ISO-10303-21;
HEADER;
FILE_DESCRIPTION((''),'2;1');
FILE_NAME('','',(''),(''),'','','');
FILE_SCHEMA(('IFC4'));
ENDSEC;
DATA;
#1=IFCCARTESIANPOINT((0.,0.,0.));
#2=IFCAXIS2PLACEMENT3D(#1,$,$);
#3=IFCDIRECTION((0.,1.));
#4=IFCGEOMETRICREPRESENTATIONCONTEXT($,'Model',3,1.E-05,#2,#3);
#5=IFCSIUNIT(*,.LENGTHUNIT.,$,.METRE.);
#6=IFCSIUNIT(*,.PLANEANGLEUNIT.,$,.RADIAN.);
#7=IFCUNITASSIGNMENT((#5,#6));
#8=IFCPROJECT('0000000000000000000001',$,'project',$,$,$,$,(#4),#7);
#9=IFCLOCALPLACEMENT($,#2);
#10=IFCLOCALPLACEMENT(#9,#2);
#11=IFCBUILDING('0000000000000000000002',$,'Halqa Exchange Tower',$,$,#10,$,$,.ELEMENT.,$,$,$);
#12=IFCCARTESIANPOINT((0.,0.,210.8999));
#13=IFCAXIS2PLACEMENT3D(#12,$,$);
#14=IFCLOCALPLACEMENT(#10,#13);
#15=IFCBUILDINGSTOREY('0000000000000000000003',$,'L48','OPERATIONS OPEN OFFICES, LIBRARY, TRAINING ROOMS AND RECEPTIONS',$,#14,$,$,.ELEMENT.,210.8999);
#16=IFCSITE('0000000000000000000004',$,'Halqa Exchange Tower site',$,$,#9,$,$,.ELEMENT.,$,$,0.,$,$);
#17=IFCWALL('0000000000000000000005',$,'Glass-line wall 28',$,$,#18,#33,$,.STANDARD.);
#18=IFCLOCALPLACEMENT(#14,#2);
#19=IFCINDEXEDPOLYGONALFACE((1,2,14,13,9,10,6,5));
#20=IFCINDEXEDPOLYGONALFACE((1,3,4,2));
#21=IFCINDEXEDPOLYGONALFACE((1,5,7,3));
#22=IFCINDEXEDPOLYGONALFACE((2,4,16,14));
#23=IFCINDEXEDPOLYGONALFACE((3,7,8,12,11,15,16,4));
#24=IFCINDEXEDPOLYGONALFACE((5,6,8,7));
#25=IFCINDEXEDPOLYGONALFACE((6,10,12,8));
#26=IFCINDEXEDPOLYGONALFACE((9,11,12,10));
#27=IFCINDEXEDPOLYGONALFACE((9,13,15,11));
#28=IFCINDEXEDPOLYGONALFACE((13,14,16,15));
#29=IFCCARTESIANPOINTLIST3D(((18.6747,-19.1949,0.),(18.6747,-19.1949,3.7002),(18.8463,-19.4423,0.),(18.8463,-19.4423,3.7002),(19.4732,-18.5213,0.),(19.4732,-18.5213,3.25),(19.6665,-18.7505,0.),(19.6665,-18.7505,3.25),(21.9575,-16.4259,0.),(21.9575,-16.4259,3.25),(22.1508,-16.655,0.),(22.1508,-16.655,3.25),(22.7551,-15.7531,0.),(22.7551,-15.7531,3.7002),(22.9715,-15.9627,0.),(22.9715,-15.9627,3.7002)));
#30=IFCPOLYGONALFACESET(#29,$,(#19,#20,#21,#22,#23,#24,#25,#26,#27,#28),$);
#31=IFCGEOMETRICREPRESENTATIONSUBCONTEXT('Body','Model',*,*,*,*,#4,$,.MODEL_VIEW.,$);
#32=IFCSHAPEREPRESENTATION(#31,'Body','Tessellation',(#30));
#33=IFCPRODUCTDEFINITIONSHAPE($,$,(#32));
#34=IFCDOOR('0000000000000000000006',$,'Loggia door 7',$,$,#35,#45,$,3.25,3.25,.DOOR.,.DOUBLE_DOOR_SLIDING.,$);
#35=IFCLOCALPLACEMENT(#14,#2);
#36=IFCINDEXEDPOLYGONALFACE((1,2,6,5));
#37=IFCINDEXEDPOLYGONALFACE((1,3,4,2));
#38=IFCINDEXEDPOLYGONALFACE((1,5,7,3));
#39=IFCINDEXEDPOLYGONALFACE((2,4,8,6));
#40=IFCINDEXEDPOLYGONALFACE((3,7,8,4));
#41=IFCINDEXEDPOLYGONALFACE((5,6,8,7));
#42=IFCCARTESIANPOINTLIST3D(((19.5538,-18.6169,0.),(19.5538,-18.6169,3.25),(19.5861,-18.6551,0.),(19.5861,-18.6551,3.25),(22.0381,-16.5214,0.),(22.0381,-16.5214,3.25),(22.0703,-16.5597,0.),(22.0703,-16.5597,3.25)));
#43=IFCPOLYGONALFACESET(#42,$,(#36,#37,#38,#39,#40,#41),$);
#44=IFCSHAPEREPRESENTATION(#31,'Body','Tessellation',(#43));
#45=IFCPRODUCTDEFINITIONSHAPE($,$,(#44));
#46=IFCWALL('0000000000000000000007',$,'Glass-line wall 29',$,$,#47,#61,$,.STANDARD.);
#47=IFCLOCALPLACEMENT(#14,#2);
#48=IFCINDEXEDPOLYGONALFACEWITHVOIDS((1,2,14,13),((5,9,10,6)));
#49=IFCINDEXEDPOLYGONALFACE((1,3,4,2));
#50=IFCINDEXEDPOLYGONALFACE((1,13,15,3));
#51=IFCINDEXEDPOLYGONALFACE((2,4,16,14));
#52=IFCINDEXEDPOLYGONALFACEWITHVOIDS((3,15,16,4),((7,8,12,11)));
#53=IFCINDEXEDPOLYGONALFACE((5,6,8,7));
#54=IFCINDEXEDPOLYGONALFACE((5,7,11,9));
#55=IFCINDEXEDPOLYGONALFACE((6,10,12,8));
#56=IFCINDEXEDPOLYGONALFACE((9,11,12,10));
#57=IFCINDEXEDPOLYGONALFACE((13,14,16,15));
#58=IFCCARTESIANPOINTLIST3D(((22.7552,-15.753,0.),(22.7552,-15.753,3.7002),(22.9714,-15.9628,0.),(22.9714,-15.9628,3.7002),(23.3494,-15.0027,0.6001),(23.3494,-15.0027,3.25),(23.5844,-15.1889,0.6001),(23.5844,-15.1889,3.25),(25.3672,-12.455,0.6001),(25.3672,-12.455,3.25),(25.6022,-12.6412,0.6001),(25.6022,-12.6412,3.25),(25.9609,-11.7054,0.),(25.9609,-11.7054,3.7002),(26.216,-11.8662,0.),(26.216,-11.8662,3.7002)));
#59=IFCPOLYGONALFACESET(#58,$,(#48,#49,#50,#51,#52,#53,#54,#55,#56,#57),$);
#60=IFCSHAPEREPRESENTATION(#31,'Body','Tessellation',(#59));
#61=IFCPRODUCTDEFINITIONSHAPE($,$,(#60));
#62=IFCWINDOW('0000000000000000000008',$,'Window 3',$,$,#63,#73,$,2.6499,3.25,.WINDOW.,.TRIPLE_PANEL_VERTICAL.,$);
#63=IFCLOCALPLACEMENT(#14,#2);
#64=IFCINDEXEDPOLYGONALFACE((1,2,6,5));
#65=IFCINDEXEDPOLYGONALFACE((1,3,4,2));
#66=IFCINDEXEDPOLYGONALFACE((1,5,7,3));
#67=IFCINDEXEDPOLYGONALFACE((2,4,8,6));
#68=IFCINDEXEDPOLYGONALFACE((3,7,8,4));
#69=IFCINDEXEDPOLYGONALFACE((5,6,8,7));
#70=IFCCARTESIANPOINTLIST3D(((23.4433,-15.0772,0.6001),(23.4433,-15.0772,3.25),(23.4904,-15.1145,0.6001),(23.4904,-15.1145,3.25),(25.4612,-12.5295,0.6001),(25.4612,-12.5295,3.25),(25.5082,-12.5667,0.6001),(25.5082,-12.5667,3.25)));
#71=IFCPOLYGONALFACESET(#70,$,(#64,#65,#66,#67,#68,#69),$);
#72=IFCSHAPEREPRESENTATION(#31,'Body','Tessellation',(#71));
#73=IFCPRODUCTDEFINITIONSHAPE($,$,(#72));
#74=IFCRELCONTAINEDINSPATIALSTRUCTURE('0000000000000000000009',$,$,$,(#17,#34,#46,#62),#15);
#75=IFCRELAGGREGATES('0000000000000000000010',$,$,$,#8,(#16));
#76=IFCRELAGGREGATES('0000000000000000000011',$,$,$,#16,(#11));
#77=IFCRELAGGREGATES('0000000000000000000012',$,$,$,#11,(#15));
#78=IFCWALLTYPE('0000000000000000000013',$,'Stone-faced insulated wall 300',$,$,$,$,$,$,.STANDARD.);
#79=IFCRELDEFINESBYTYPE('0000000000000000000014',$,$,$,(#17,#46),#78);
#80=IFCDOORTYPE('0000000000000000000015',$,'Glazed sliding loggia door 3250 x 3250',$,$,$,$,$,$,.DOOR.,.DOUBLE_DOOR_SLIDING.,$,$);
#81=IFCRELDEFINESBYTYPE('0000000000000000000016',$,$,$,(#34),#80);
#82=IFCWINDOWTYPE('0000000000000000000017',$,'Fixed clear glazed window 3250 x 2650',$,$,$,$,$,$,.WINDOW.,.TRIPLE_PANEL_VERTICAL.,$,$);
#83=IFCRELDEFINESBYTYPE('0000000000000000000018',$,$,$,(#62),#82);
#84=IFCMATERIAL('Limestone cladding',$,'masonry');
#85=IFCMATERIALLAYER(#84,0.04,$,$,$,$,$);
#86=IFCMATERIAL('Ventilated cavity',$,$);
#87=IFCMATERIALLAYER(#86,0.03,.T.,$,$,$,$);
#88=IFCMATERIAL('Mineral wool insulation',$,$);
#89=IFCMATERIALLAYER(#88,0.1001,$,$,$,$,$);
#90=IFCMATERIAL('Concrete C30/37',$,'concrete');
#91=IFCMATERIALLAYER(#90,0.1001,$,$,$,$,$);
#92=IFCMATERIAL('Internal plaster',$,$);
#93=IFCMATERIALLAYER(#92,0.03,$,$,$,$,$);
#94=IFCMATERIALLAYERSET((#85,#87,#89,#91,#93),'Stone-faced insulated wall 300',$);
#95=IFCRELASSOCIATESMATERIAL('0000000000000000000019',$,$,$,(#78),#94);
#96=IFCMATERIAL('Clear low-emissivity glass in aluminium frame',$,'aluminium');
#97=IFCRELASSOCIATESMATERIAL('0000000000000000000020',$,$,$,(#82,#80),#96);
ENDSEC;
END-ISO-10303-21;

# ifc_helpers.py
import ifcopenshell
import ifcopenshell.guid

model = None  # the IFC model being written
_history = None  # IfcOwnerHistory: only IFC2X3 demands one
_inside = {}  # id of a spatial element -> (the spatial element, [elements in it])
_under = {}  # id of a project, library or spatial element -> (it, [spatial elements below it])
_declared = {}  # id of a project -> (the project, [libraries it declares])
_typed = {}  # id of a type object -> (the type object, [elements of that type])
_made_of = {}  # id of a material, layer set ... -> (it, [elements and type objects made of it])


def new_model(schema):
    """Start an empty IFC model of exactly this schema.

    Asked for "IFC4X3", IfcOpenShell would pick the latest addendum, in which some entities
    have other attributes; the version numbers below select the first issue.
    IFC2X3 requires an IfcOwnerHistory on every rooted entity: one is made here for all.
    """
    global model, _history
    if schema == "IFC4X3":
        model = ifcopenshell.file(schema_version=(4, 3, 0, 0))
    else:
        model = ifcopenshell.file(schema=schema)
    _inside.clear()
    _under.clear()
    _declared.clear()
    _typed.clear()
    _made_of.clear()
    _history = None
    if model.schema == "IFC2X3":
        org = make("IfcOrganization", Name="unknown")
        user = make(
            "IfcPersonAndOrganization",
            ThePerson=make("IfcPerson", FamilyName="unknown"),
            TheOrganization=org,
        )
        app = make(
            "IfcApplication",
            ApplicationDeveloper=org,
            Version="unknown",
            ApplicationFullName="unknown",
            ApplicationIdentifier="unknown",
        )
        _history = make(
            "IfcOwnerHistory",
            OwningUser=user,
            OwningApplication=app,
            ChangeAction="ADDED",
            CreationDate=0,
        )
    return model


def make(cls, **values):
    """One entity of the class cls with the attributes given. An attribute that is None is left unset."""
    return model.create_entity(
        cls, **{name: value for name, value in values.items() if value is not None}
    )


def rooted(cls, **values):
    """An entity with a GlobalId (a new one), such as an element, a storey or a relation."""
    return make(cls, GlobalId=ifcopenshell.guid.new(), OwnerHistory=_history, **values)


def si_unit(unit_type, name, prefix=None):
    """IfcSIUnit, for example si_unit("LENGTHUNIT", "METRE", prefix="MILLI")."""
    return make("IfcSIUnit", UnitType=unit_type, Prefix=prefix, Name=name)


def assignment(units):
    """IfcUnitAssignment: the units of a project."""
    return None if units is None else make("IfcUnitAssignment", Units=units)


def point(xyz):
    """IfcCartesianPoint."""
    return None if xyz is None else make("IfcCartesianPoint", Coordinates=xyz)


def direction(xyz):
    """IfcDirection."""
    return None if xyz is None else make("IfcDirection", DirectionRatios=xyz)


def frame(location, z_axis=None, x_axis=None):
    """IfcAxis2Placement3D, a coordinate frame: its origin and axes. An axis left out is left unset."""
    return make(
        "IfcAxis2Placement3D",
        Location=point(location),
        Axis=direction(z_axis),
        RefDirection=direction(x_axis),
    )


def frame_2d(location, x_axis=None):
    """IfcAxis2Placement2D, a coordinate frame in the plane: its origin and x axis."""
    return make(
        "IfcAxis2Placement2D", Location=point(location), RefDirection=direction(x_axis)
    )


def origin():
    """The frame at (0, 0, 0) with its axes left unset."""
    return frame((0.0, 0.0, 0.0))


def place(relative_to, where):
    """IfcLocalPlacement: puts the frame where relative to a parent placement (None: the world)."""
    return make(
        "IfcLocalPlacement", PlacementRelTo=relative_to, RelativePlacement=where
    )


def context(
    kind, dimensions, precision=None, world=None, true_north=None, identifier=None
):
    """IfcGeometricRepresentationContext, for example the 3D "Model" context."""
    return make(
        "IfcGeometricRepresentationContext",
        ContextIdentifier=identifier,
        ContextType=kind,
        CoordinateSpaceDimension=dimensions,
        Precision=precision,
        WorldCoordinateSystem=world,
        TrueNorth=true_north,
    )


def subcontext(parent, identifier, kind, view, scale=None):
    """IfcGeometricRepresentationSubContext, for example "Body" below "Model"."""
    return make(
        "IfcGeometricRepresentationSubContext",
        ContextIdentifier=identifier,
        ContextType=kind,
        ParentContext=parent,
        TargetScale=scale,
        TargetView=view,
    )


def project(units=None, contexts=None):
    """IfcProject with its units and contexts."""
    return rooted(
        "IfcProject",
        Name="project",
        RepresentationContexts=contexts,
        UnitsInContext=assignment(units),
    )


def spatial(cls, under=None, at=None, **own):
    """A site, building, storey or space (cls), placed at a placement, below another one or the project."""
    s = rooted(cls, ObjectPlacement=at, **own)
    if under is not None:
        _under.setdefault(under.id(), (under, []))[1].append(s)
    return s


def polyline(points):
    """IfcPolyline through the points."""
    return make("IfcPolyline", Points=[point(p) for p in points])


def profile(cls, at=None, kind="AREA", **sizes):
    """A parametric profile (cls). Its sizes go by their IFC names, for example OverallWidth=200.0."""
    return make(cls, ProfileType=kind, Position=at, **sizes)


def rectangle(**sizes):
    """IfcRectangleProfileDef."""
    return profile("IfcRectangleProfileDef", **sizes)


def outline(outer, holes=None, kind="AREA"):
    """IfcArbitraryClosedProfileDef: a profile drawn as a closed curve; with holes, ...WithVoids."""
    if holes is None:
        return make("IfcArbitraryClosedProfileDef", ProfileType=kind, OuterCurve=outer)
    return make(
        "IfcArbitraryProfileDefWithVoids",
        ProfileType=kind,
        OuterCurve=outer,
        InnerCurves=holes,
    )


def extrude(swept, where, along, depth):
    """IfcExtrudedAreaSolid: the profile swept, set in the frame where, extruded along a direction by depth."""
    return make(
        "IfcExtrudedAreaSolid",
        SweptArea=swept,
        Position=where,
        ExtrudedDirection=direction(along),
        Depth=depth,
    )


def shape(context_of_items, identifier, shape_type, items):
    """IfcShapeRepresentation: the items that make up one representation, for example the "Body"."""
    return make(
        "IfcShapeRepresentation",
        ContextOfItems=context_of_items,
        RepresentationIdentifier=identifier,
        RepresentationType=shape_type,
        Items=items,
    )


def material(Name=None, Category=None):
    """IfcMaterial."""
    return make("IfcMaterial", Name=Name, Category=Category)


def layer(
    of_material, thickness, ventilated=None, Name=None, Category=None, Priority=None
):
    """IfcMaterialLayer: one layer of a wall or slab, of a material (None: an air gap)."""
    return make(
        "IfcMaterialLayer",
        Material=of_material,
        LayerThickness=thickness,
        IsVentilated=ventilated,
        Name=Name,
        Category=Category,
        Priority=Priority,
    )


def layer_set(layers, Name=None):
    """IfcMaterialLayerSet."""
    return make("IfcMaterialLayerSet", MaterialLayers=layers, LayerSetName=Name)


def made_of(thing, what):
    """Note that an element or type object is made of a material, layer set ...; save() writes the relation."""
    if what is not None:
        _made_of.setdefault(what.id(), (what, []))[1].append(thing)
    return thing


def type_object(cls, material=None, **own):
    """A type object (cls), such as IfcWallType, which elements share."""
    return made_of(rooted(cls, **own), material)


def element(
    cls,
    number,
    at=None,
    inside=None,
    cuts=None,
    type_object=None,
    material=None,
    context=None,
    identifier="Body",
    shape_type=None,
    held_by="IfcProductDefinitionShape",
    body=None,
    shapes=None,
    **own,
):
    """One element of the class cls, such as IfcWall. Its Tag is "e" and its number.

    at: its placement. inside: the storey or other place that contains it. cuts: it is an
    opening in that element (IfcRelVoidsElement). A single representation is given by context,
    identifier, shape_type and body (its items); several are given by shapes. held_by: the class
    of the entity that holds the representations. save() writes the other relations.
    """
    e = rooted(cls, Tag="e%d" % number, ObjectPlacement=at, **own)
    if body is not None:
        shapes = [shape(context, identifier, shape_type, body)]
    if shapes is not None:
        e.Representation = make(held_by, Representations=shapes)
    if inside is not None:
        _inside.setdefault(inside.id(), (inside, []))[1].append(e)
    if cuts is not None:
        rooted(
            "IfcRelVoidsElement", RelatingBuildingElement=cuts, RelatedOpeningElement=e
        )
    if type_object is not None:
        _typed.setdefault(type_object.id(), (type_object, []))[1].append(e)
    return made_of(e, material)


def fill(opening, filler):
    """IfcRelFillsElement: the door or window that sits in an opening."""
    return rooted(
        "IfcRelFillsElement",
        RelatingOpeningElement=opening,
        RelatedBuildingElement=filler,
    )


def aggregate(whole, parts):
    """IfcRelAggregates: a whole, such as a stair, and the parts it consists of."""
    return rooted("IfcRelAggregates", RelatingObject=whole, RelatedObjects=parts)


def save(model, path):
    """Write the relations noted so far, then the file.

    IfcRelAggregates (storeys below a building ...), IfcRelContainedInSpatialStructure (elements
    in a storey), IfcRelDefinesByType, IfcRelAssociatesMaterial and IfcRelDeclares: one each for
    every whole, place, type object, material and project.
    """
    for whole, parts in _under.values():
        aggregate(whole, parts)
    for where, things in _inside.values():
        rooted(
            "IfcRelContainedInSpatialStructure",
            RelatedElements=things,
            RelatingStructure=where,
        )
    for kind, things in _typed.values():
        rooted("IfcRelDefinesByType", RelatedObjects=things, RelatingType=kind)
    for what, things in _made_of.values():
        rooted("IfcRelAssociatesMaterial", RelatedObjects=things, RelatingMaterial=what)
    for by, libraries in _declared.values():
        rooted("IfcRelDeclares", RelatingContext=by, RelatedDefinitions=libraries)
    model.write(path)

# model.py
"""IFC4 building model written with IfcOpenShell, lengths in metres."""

from ifc_helpers import new_model, si_unit, direction, frame, frame_2d, origin, place, context, subcontext, project, spatial, polyline, rectangle, outline, extrude, material, layer, layer_set, type_object, element, fill, save


model = new_model("IFC4")

# Units and contexts
model_context = context("Model", 3, precision=1e-05, world=origin(), true_north=direction((0.0, 1.0)))
body_context = subcontext(model_context, "Body", "Model", "MODEL_VIEW")
ifc_project = project(units=[si_unit("LENGTHUNIT", "METRE"), si_unit("PLANEANGLEUNIT", "RADIAN")], contexts=[model_context])

# Site, building, storey
site_placement = place(None, origin())
site = spatial("IfcSite", under=ifc_project, at=site_placement, Name="Halqa Exchange Tower site", CompositionType="ELEMENT", RefElevation=0.0)
building_placement = place(site_placement, origin())
building = spatial("IfcBuilding", under=site, at=building_placement, Name="Halqa Exchange Tower", CompositionType="ELEMENT")
storey_placement = place(building_placement, frame((0.0, 0.0, 210.8999)))
storey = spatial("IfcBuildingStorey", under=building, at=storey_placement, Name="L48", Description="OPERATIONS OPEN OFFICES, LIBRARY, TRAINING ROOMS AND RECEPTIONS", CompositionType="ELEMENT", Elevation=210.8999)

# Shared definitions
ifc_material_1 = material(Name="Limestone cladding", Category="masonry")
ifc_layer_1 = layer(ifc_material_1, 0.04)
ifc_material_2 = material(Name="Ventilated cavity")
ifc_layer_2 = layer(ifc_material_2, 0.03, ventilated=True)
ifc_material_3 = material(Name="Mineral wool insulation")
ifc_layer_3 = layer(ifc_material_3, 0.1001)
ifc_material_4 = material(Name="Concrete C30/37", Category="concrete")
ifc_layer_4 = layer(ifc_material_4, 0.1001)
ifc_material_5 = material(Name="Internal plaster")
ifc_layer_5 = layer(ifc_material_5, 0.03)
ifc_layer_set_1 = layer_set([ifc_layer_1, ifc_layer_2, ifc_layer_3, ifc_layer_4, ifc_layer_5], Name="Stone-faced insulated wall 300")
wall_type_1 = type_object("IfcWallType", Name="Stone-faced insulated wall 300", PredefinedType="STANDARD", material=ifc_layer_set_1)
ifc_material_6 = material(Name="Clear low-emissivity glass in aluminium frame", Category="aluminium")
window_type = type_object("IfcWindowType", Name="Fixed clear glazed window 3250 x 2650", PartitioningType="TRIPLE_PANEL_VERTICAL", PredefinedType="WINDOW", material=ifc_material_6)

# Wall, opening, door
wall_1_placement = place(storey_placement, frame((18.7605, -19.3186, 0.0), z_axis=(0.0, 0.0, 1.0), x_axis=(0.764386, 0.644759, 0.0)))
wall_1 = element("IfcWall", 1, at=wall_1_placement, inside=storey, type_object=wall_type_1, Name="Glass-line wall 28", PredefinedType="STANDARD", context=body_context, shape_type="SweptSolid", body=[
    extrude(outline(polyline([(-0.0142, -0.1499), (5.3826, -0.1499), (5.3523, 0.1499), (0.0142, 0.1499), (-0.0142, -0.1499)])), origin(), (0.0, 0.0, 1.0), 3.7002),
])
opening_1_placement = place(wall_1_placement, frame((1.0588, 0.0, 0.0)))
opening_1 = element("IfcOpeningElement", 2, at=opening_1_placement, cuts=wall_1, PredefinedType="OPENING", context=body_context, shape_type="SweptSolid", body=[
    extrude(rectangle(XDim=3.25, YDim=3.25, at=frame_2d((1.625, 1.625))), frame((0.0, 0.1621, 0.0), z_axis=(0.0, -1.0, 0.0), x_axis=(1.0, 0.0, 0.0)), (0.0, 0.0, 1.0), 0.324),
])
door_type = type_object("IfcDoorType", Name="Glazed sliding loggia door 3250 x 3250", OperationType="DOUBLE_DOOR_SLIDING", PredefinedType="DOOR", material=ifc_material_6)
door_placement = place(opening_1_placement, origin())
door = element("IfcDoor", 3, at=door_placement, inside=storey, type_object=door_type, Name="Loggia door 7", OperationType="DOUBLE_DOOR_SLIDING", OverallHeight=3.25, OverallWidth=3.25, PredefinedType="DOOR", context=body_context, shape_type="SweptSolid", body=[
    extrude(rectangle(XDim=3.25, YDim=3.25, at=frame_2d((1.625, 1.625))), frame((0.0, 0.0249, 0.0), z_axis=(0.0, -1.0, 0.0), x_axis=(1.0, 0.0, 0.0)), (0.0, 0.0, 1.0), 0.05),
])
fill(opening_1, door)

# Wall, opening, window
wall_2_placement = place(storey_placement, frame((22.8633, -15.8579, 0.0), z_axis=(0.0, 0.0, 1.0), x_axis=(0.62087, 0.783913, 0.0)))
wall_2 = element("IfcWall", 4, at=wall_2_placement, inside=storey, type_object=wall_type_1, Name="Glass-line wall 29", PredefinedType="STANDARD", context=body_context, shape_type="SweptSolid", body=[
    extrude(outline(polyline([(-0.0151, -0.1499), (5.2107, -0.1499), (5.1785, 0.1499), (0.0151, 0.1499), (-0.0151, -0.1499)])), origin(), (0.0, 0.0, 1.0), 3.7002),
])
opening_2_placement = place(wall_2_placement, frame((0.9722, 0.0, 0.6001)))
opening_2 = element("IfcOpeningElement", 5, at=opening_2_placement, cuts=wall_2, PredefinedType="OPENING", context=body_context, shape_type="SweptSolid", body=[
    extrude(rectangle(XDim=3.25, YDim=2.6499, at=frame_2d((1.625, 1.325))), frame((0.0, 0.1621, 0.0), z_axis=(0.0, -1.0, 0.0), x_axis=(1.0, 0.0, 0.0)), (0.0, 0.0, 1.0), 0.324),
])
window_1_placement = place(opening_2_placement, origin())
window_1 = element("IfcWindow", 6, at=window_1_placement, inside=storey, type_object=window_type, Name="Window 3", OverallHeight=2.6499, OverallWidth=3.25, PartitioningType="TRIPLE_PANEL_VERTICAL", PredefinedType="WINDOW", context=body_context, shape_type="SweptSolid", body=[
    extrude(rectangle(XDim=3.25, YDim=2.6499, at=frame_2d((1.625, 1.325))), frame((0.0, 0.03, 0.0), z_axis=(0.0, -1.0, 0.0), x_axis=(1.0, 0.0, 0.0)), (0.0, 0.0, 1.0), 0.0601),
])
fill(opening_2, window_1)

save(model, "model.ifc")
